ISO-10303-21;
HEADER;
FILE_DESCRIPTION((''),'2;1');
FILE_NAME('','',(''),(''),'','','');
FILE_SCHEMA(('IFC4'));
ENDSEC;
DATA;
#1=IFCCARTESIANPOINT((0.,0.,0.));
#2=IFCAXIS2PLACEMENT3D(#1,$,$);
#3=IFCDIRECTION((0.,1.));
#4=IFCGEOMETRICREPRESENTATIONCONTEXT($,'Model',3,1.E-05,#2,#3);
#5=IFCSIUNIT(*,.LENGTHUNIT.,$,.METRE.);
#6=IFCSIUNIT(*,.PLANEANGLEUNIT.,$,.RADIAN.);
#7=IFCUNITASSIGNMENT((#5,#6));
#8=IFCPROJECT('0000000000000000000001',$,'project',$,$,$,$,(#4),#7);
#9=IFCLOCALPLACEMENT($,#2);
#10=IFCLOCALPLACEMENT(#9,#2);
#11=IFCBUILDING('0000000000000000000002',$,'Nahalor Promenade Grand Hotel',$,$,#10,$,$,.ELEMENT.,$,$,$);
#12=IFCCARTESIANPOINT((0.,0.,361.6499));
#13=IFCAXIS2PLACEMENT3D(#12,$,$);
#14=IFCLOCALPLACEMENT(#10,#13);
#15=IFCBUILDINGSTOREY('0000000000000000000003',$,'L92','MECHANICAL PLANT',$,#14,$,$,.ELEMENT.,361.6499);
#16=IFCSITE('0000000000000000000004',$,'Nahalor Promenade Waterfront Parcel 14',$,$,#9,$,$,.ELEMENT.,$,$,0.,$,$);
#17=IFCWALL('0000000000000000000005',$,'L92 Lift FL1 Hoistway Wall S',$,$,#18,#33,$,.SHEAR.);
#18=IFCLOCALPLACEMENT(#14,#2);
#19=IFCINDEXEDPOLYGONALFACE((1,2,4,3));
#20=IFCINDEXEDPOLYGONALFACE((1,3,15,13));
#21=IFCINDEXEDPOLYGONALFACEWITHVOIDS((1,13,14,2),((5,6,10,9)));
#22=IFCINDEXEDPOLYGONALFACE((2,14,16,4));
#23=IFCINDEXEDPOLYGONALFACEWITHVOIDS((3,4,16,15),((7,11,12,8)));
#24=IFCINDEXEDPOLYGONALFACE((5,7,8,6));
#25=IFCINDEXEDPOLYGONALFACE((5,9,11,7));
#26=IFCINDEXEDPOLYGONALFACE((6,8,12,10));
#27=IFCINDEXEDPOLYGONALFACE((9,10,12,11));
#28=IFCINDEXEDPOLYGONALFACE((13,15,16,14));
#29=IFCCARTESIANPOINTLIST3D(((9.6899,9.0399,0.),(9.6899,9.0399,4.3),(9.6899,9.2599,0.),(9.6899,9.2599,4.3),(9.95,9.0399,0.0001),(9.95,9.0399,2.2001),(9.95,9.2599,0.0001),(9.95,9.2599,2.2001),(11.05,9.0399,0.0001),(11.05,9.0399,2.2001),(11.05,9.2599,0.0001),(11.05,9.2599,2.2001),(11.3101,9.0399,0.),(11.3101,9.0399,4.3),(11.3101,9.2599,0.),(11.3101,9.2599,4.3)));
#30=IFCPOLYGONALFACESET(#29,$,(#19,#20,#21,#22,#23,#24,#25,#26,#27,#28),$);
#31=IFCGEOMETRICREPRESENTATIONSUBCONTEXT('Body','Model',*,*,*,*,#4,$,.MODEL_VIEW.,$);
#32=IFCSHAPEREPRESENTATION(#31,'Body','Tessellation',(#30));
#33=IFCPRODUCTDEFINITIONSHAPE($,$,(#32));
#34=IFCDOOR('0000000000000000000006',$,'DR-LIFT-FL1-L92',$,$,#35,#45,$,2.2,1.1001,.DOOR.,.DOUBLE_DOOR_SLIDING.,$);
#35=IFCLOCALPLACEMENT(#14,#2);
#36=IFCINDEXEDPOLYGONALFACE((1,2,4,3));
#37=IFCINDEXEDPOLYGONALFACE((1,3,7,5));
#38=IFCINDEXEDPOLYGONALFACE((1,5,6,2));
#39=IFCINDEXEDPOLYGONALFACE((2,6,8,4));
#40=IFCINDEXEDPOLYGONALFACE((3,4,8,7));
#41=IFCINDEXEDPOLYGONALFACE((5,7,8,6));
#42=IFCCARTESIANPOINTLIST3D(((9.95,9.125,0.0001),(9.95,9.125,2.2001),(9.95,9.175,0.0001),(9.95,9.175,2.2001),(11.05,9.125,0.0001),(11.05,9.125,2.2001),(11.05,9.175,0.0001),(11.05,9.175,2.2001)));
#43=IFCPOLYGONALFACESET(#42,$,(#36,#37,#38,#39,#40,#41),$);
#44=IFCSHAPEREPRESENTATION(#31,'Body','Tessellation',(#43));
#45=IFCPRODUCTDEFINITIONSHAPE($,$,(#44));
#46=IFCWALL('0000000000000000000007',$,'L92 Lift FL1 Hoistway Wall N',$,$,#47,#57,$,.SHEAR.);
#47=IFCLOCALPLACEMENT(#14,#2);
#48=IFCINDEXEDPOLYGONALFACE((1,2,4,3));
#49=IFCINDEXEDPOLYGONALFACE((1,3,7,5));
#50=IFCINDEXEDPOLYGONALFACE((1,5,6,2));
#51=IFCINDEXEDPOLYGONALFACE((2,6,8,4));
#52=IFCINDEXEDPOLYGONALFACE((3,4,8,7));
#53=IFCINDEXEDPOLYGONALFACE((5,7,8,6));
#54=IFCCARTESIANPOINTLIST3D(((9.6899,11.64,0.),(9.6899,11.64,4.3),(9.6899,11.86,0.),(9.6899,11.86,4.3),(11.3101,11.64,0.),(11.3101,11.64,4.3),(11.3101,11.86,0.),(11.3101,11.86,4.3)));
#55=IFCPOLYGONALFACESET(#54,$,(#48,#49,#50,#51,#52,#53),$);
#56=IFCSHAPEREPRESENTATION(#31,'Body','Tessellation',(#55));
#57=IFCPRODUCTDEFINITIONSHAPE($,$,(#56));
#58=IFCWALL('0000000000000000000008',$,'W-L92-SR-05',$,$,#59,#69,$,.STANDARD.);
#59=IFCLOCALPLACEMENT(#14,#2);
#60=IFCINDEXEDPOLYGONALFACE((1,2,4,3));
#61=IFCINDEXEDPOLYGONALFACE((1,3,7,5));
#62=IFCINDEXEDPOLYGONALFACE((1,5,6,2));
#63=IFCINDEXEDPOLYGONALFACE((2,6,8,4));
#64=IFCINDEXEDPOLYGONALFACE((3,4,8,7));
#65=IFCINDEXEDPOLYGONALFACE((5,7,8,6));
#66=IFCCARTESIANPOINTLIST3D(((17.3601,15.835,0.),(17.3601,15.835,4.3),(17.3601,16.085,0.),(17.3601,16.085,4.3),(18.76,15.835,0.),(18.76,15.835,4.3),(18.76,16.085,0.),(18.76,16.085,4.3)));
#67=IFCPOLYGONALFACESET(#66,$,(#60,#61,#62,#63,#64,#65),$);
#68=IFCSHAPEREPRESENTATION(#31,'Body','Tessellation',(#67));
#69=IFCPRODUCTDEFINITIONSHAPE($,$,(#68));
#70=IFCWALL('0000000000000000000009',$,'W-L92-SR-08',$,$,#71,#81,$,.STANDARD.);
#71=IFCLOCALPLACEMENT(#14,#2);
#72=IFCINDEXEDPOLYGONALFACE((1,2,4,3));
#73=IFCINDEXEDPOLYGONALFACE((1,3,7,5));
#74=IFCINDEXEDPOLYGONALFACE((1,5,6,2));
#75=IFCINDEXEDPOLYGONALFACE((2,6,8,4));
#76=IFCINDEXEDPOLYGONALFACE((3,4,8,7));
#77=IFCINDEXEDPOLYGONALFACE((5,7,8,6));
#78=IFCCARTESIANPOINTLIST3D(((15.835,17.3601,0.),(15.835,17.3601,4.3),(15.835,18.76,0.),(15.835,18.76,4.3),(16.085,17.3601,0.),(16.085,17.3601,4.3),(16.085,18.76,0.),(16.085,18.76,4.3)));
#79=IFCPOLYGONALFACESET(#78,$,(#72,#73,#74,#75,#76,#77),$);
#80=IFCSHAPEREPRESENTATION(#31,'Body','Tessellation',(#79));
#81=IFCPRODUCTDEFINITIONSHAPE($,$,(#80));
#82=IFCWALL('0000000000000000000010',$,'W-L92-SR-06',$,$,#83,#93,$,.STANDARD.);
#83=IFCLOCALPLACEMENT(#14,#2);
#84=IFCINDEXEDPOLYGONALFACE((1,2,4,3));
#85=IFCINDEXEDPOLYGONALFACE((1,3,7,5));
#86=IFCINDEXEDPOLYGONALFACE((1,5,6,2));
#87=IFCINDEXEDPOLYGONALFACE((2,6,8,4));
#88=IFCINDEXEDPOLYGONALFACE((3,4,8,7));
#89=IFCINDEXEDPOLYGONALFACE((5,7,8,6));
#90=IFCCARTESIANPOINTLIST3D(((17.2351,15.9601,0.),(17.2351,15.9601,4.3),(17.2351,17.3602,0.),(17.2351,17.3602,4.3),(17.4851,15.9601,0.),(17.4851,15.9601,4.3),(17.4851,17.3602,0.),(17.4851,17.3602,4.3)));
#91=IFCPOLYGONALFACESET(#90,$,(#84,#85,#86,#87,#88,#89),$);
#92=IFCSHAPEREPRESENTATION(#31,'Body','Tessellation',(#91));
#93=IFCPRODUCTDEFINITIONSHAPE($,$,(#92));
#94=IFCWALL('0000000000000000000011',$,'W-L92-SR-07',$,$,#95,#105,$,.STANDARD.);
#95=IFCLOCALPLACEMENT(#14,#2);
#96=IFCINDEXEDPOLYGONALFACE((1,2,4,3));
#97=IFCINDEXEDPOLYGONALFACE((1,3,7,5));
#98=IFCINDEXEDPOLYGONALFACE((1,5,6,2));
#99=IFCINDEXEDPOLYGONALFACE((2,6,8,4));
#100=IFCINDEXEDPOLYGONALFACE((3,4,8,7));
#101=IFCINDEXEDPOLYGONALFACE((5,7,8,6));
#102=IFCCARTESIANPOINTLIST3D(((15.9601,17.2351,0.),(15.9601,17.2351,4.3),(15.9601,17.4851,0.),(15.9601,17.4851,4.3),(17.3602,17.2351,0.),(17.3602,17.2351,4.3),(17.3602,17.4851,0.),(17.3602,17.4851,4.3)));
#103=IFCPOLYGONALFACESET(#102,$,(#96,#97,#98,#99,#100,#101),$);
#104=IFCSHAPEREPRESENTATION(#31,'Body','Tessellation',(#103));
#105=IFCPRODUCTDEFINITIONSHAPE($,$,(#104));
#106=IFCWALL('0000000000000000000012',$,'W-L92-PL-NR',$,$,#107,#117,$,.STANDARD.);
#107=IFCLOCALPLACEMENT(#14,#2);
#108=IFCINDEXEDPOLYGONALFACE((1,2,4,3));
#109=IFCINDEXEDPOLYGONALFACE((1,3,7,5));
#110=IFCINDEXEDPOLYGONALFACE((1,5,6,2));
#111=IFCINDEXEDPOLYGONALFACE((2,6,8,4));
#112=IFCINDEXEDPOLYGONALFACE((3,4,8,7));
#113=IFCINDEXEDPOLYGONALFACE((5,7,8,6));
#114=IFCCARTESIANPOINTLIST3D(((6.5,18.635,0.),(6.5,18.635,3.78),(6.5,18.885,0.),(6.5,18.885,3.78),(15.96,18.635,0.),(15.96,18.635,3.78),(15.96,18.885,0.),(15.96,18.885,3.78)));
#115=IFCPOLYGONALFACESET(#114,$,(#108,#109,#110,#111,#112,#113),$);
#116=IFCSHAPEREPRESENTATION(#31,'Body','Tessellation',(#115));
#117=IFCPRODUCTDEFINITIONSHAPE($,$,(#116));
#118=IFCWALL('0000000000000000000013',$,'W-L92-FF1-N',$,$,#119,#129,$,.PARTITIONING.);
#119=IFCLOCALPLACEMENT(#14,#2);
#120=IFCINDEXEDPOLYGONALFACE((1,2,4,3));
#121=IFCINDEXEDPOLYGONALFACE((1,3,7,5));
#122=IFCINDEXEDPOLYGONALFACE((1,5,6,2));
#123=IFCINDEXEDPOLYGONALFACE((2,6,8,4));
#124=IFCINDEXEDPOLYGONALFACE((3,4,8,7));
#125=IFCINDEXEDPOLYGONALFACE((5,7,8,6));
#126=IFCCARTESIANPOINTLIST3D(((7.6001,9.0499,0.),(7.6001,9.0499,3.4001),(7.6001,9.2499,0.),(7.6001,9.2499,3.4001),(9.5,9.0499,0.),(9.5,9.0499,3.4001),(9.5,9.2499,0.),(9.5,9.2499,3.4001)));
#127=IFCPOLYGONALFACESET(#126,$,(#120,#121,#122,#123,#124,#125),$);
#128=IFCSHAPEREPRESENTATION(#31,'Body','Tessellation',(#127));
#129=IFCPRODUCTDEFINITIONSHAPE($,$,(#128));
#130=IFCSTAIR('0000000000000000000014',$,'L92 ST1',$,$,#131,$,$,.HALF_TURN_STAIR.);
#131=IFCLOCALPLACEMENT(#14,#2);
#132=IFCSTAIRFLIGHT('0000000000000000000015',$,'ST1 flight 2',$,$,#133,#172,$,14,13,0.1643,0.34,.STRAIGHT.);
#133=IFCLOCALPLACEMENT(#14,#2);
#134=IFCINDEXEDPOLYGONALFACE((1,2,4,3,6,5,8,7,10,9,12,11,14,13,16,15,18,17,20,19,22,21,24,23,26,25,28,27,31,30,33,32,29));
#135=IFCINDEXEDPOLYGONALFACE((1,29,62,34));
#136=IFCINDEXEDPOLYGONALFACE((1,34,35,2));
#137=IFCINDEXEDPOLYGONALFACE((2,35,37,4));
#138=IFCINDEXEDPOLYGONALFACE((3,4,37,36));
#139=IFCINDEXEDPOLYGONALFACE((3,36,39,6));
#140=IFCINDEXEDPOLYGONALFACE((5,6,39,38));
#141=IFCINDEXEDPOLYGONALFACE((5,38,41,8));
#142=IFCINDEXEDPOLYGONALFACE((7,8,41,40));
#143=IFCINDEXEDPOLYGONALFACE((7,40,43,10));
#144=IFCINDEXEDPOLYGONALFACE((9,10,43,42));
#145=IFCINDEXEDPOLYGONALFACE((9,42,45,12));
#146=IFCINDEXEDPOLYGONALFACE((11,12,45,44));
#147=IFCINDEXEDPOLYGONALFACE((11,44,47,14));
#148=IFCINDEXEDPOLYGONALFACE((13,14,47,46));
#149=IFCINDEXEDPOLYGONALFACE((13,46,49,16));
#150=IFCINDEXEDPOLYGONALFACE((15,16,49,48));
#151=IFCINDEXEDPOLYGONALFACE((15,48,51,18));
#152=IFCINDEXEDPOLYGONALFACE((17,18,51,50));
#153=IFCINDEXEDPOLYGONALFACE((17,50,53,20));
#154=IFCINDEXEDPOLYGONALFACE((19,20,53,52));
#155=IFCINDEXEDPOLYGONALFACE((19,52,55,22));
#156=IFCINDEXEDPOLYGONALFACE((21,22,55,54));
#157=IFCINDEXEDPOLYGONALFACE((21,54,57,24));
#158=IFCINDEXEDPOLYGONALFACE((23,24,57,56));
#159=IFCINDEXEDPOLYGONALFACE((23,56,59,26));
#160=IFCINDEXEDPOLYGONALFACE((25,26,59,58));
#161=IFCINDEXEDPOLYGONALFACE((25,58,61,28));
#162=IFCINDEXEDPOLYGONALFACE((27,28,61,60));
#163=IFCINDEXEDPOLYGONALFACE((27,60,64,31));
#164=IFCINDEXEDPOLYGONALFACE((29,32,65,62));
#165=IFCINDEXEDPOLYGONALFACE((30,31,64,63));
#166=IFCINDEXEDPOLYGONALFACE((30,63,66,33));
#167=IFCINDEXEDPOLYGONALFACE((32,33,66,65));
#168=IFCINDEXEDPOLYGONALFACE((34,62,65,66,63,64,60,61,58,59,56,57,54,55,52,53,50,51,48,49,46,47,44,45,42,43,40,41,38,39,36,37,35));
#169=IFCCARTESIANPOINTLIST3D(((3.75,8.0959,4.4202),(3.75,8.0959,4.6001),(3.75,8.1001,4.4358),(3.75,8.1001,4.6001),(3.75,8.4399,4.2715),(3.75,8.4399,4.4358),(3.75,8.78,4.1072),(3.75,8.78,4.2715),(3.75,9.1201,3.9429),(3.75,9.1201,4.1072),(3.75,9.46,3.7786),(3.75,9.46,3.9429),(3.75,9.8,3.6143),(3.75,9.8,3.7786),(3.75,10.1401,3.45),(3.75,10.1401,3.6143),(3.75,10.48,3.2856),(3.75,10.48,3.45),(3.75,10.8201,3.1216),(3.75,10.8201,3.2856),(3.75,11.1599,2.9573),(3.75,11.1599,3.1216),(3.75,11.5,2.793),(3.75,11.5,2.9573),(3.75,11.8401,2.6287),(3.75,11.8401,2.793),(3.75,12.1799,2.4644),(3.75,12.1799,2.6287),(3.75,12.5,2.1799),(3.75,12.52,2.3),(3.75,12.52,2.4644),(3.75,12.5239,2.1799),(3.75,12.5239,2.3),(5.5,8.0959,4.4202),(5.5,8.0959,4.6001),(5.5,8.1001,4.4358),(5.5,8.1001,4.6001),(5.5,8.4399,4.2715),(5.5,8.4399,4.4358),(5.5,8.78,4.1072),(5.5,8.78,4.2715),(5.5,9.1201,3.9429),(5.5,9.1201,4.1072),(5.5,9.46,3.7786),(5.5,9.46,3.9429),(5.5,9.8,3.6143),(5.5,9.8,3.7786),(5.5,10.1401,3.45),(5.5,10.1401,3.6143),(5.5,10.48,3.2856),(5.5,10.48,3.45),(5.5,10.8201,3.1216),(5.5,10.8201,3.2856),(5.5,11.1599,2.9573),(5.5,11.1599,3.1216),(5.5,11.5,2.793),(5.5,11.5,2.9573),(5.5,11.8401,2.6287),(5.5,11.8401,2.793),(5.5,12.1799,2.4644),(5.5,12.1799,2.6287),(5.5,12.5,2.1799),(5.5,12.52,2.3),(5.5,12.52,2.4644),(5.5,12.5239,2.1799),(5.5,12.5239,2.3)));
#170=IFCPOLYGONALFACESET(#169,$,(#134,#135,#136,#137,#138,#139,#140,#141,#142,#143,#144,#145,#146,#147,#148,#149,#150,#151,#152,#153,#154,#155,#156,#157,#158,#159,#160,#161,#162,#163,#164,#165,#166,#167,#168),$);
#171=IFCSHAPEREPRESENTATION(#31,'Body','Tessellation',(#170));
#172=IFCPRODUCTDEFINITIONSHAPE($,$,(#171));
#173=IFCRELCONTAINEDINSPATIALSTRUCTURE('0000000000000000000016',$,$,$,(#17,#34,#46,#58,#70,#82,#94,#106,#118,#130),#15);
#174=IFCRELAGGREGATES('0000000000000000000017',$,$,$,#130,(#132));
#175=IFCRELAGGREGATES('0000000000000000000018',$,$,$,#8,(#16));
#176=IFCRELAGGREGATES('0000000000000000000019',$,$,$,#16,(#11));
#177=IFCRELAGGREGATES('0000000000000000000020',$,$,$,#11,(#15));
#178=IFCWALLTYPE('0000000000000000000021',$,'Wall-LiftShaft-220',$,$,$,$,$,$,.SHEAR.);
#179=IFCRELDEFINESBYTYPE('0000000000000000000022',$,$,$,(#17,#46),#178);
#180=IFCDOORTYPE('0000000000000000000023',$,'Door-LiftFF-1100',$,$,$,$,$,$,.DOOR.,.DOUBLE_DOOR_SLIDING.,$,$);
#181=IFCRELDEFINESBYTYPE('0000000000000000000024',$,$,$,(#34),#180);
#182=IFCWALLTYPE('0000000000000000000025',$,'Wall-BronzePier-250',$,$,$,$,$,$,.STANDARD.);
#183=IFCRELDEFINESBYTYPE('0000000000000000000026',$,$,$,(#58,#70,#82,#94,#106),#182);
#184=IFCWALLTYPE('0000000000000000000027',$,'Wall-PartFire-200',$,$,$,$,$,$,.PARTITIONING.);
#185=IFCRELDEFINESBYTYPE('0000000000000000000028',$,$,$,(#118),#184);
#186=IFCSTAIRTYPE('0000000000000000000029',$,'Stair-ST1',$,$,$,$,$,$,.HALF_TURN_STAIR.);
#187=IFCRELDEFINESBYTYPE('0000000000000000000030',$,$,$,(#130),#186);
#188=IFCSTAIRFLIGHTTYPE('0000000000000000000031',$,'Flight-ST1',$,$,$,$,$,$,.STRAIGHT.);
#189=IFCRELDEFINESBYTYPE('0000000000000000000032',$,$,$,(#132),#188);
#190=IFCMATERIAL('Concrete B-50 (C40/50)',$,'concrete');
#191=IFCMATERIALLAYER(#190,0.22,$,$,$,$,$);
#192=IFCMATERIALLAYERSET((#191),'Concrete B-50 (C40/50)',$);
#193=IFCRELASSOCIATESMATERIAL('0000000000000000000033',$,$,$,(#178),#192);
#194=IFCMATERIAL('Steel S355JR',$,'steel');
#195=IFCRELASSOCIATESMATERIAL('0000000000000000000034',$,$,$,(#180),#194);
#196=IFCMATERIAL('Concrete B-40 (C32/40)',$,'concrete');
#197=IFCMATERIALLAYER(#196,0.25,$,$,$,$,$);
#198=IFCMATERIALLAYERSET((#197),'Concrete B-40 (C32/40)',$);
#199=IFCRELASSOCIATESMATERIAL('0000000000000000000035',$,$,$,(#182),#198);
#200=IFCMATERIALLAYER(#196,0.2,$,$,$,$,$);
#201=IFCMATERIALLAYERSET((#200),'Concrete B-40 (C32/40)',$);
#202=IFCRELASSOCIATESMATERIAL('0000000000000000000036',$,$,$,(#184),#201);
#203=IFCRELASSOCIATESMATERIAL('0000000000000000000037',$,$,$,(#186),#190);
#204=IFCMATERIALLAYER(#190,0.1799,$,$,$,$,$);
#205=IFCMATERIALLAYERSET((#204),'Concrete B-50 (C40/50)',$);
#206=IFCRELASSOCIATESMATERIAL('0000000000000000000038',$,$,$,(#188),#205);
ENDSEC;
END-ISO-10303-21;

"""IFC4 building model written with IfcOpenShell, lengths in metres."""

from ifc_helpers import new_model, si_unit, direction, frame, frame_2d, origin, place, context, subcontext, project, spatial, polyline, rectangle, outline, extrude, source, transform, mapped, material, layer, layer_set, type_object, element, fill, aggregate, save


model = new_model("IFC4")

# Units and contexts
model_context = context("Model", 3, precision=1e-05, world=origin(), true_north=direction((0.0, 1.0)))
body_context = subcontext(model_context, "Body", "Model", "MODEL_VIEW")
ifc_project = project(units=[si_unit("LENGTHUNIT", "METRE"), si_unit("PLANEANGLEUNIT", "RADIAN")], contexts=[model_context])

# Site, building, storey
site_placement = place(None, origin())
site = spatial("IfcSite", under=ifc_project, at=site_placement, Name="Nahalor Promenade Waterfront Parcel 14", CompositionType="ELEMENT", RefElevation=0.0)
building_placement = place(site_placement, origin())
building = spatial("IfcBuilding", under=site, at=building_placement, Name="Nahalor Promenade Grand Hotel", CompositionType="ELEMENT")
storey_placement = place(building_placement, frame((0.0, 0.0, 361.6499)))
storey = spatial("IfcBuildingStorey", under=building, at=storey_placement, Name="L92", Description="MECHANICAL PLANT", CompositionType="ELEMENT", Elevation=361.6499)

# Shared definitions
ifc_material_1 = material(Name="Concrete B-50 (C40/50)", Category="concrete")

# Shared definitions
ifc_material_2 = material(Name="Steel S355JR", Category="steel")

# Shared definitions
ifc_layer_1 = layer(ifc_material_1, 0.22)
ifc_layer_set_1 = layer_set([ifc_layer_1], Name="Concrete B-50 (C40/50)")
wall_type_1 = type_object("IfcWallType", Name="Wall-LiftShaft-220", PredefinedType="SHEAR", material=ifc_layer_set_1)

# Wall, opening, door
shared_shape_1 = source(origin(), body_context, "Body", "SweptSolid", [
    extrude(rectangle(XDim=1.6201, YDim=0.22, at=frame_2d((0.8101, 0.0))), origin(), (0.0, 0.0, 1.0), 4.3),
])
wall_1_placement = place(storey_placement, frame((9.6899, 9.1499, 0.0), z_axis=(0.0, 0.0, 1.0), x_axis=(1.0, 0.0, 0.0)))
wall_1 = element("IfcWall", 1, at=wall_1_placement, inside=storey, type_object=wall_type_1, Name="L92 Lift FL1 Hoistway Wall S", PredefinedType="SHEAR", context=body_context, shape_type="MappedRepresentation", body=[
    mapped(shared_shape_1, transform((0.0, 0.0, 0.0), scale=1.0)),
])
opening_placement = place(wall_1_placement, frame((0.26, 0.0, 0.0)))
opening = element("IfcOpeningElement", 2, at=opening_placement, cuts=wall_1, PredefinedType="OPENING", context=body_context, shape_type="SweptSolid", body=[
    extrude(rectangle(XDim=1.1001, YDim=2.2, at=frame_2d((0.55, 1.1001))), frame((0.0, 0.1199, 0.0), z_axis=(0.0, -1.0, 0.0), x_axis=(1.0, 0.0, 0.0)), (0.0, 0.0, 1.0), 0.24),
])
door_type = type_object("IfcDoorType", Name="Door-LiftFF-1100", OperationType="DOUBLE_DOOR_SLIDING", PredefinedType="DOOR", material=ifc_material_2)
shared_shape_2 = source(origin(), body_context, "Body", "SweptSolid", [
    extrude(rectangle(XDim=1.1001, YDim=2.2, at=frame_2d((0.55, 1.1001))), frame((0.0, 0.0249, 0.0), z_axis=(0.0, -1.0, 0.0), x_axis=(1.0, 0.0, 0.0)), (0.0, 0.0, 1.0), 0.05),
])
door_placement = place(opening_placement, frame((1.1001, 0.0, 0.0), z_axis=(0.0, 0.0, 1.0), x_axis=(-1.0, 0.0, 0.0)))
door = element("IfcDoor", 3, at=door_placement, inside=storey, type_object=door_type, Name="DR-LIFT-FL1-L92", OperationType="DOUBLE_DOOR_SLIDING", OverallHeight=2.2, OverallWidth=1.1001, PredefinedType="DOOR", context=body_context, shape_type="MappedRepresentation", body=[
    mapped(shared_shape_2, transform((0.0, 0.0, 0.0), scale=1.0)),
])
fill(opening, door)

# Walls
wall_2_placement = place(storey_placement, frame((9.6899, 11.75, 0.0), z_axis=(0.0, 0.0, 1.0), x_axis=(1.0, 0.0, 0.0)))
element("IfcWall", 4, at=wall_2_placement, inside=storey, type_object=wall_type_1, Name="L92 Lift FL1 Hoistway Wall N", PredefinedType="SHEAR", context=body_context, shape_type="MappedRepresentation", body=[
    mapped(shared_shape_1, transform((0.0, 0.0, 0.0), scale=1.0)),
])
ifc_material_3 = material(Name="Concrete B-40 (C32/40)", Category="concrete")
ifc_layer_2 = layer(ifc_material_3, 0.25)
ifc_layer_set_2 = layer_set([ifc_layer_2], Name="Concrete B-40 (C32/40)")
wall_type_2 = type_object("IfcWallType", Name="Wall-BronzePier-250", PredefinedType="STANDARD", material=ifc_layer_set_2)
shared_shape_3 = source(origin(), body_context, "Body", "SweptSolid", [
    extrude(rectangle(XDim=1.3999, YDim=0.25, at=frame_2d((0.7, 0.0))), origin(), (0.0, 0.0, 1.0), 4.3),
])
for number, where, z_axis, x_axis, name in (
    (5, (17.3601, 15.96, 0.0), (0.0, 0.0, 1.0), (1.0, 0.0, 0.0), "W-L92-SR-05"),
    (6, (15.96, 17.3601, 0.0), (0.0, 0.0, 1.0), (0.0, 1.0, 0.0), "W-L92-SR-08"),
):
    element("IfcWall", number, at=place(storey_placement, frame(where, z_axis=z_axis, x_axis=x_axis)), inside=storey, type_object=wall_type_2, Name=name, PredefinedType="STANDARD", context=body_context, shape_type="MappedRepresentation", body=[
        mapped(shared_shape_3, transform((0.0, 0.0, 0.0), scale=1.0)),
    ])
shared_shape_4 = source(origin(), body_context, "Body", "SweptSolid", [
    extrude(rectangle(XDim=1.4001, YDim=0.25, at=frame_2d((0.7002, 0.0))), origin(), (0.0, 0.0, 1.0), 4.3),
])
for number, where, z_axis, x_axis, name in (
    (7, (17.3601, 15.96, 0.0), (0.0, 0.0, 1.0), (0.0, 1.0, 0.0), "W-L92-SR-06"),
    (8, (15.96, 17.3601, 0.0), (0.0, 0.0, 1.0), (1.0, 0.0, 0.0), "W-L92-SR-07"),
):
    element("IfcWall", number, at=place(storey_placement, frame(where, z_axis=z_axis, x_axis=x_axis)), inside=storey, type_object=wall_type_2, Name=name, PredefinedType="STANDARD", context=body_context, shape_type="MappedRepresentation", body=[
        mapped(shared_shape_4, transform((0.0, 0.0, 0.0), scale=1.0)),
    ])
shared_shape_5 = source(origin(), body_context, "Body", "SweptSolid", [
    extrude(rectangle(XDim=9.46, YDim=0.25, at=frame_2d((4.73, 0.0))), origin(), (0.0, 0.0, 1.0), 3.78),
])
wall_3_placement = place(storey_placement, frame((6.5, 18.76, 0.0), z_axis=(0.0, 0.0, 1.0), x_axis=(1.0, 0.0, 0.0)))
element("IfcWall", 9, at=wall_3_placement, inside=storey, type_object=wall_type_2, Name="W-L92-PL-NR", PredefinedType="STANDARD", context=body_context, shape_type="MappedRepresentation", body=[
    mapped(shared_shape_5, transform((0.0, 0.0, 0.0), scale=1.0)),
])
ifc_layer_3 = layer(ifc_material_3, 0.2)
ifc_layer_set_3 = layer_set([ifc_layer_3], Name="Concrete B-40 (C32/40)")
wall_type_3 = type_object("IfcWallType", Name="Wall-PartFire-200", PredefinedType="PARTITIONING", material=ifc_layer_set_3)
shared_shape_6 = source(origin(), body_context, "Body", "SweptSolid", [
    extrude(rectangle(XDim=1.8999, YDim=0.2, at=frame_2d((0.95, 0.0))), origin(), (0.0, 0.0, 1.0), 3.4001),
])
wall_4_placement = place(storey_placement, frame((7.6001, 9.1499, 0.0), z_axis=(0.0, 0.0, 1.0), x_axis=(1.0, 0.0, 0.0)))
element("IfcWall", 10, at=wall_4_placement, inside=storey, type_object=wall_type_3, Name="W-L92-FF1-N", PredefinedType="PARTITIONING", context=body_context, shape_type="MappedRepresentation", body=[
    mapped(shared_shape_6, transform((0.0, 0.0, 0.0), scale=1.0)),
])

# Stair, stair flight
stair_type = type_object("IfcStairType", Name="Stair-ST1", PredefinedType="HALF_TURN_STAIR", material=ifc_material_1)
stair_placement = place(storey_placement, origin())
stair = element("IfcStair", 11, at=stair_placement, inside=storey, type_object=stair_type, Name="L92 ST1", PredefinedType="HALF_TURN_STAIR")
ifc_layer_4 = layer(ifc_material_1, 0.1799)
ifc_layer_set_4 = layer_set([ifc_layer_4], Name="Concrete B-50 (C40/50)")
stair_flight_type = type_object("IfcStairFlightType", Name="Flight-ST1", PredefinedType="STRAIGHT", material=ifc_layer_set_4)
shared_shape_7 = source(origin(), body_context, "Body", "SweptSolid", [
    extrude(outline(polyline([(-0.0039, -0.1201), (-0.0039, 0.0), (0.0, 0.0), (0.0, 0.1643), (0.3401, 0.1643), (0.3401, 0.3286), (0.6799, 0.3286), (0.6799, 0.4929), (1.02, 0.4929), (1.02, 0.6572), (1.3601, 0.6572), (1.3601, 0.8215), (1.7, 0.8215), (1.7, 0.9856), (2.04, 0.9856), (2.04, 1.1499), (2.3799, 1.1499), (2.3799, 1.3142), (2.72, 1.3142), (2.72, 1.4785), (3.0601, 1.4785), (3.0601, 1.6428), (3.3999, 1.6428), (3.3999, 1.8071), (3.74, 1.8071), (3.74, 1.9714), (4.0801, 1.9714), (4.0801, 2.1357), (4.4199, 2.1357), (4.4199, 2.3), (4.4241, 2.3), (4.4241, 2.1201), (0.02, -0.1201), (-0.0039, -0.1201)])), frame((0.0, 0.875, 0.0), z_axis=(0.0, -1.0, 0.0), x_axis=(1.0, 0.0, 0.0)), (0.0, 0.0, 1.0), 1.75),
])
stair_flight_placement = place(storey_placement, frame((4.625, 12.52, 2.3), z_axis=(0.0, 0.0, 1.0), x_axis=(0.0, -1.0, 0.0)))
stair_flight = element("IfcStairFlight", 12, at=stair_flight_placement, type_object=stair_flight_type, Name="ST1 flight 2", NumberOfRisers=14, NumberOfTreads=13, PredefinedType="STRAIGHT", RiserHeight=0.1643, TreadLength=0.34, context=body_context, shape_type="MappedRepresentation", body=[
    mapped(shared_shape_7, transform((0.0, 0.0, 0.0), scale=1.0)),
])
aggregate(stair, [stair_flight])

save(model, "model.ifc")
